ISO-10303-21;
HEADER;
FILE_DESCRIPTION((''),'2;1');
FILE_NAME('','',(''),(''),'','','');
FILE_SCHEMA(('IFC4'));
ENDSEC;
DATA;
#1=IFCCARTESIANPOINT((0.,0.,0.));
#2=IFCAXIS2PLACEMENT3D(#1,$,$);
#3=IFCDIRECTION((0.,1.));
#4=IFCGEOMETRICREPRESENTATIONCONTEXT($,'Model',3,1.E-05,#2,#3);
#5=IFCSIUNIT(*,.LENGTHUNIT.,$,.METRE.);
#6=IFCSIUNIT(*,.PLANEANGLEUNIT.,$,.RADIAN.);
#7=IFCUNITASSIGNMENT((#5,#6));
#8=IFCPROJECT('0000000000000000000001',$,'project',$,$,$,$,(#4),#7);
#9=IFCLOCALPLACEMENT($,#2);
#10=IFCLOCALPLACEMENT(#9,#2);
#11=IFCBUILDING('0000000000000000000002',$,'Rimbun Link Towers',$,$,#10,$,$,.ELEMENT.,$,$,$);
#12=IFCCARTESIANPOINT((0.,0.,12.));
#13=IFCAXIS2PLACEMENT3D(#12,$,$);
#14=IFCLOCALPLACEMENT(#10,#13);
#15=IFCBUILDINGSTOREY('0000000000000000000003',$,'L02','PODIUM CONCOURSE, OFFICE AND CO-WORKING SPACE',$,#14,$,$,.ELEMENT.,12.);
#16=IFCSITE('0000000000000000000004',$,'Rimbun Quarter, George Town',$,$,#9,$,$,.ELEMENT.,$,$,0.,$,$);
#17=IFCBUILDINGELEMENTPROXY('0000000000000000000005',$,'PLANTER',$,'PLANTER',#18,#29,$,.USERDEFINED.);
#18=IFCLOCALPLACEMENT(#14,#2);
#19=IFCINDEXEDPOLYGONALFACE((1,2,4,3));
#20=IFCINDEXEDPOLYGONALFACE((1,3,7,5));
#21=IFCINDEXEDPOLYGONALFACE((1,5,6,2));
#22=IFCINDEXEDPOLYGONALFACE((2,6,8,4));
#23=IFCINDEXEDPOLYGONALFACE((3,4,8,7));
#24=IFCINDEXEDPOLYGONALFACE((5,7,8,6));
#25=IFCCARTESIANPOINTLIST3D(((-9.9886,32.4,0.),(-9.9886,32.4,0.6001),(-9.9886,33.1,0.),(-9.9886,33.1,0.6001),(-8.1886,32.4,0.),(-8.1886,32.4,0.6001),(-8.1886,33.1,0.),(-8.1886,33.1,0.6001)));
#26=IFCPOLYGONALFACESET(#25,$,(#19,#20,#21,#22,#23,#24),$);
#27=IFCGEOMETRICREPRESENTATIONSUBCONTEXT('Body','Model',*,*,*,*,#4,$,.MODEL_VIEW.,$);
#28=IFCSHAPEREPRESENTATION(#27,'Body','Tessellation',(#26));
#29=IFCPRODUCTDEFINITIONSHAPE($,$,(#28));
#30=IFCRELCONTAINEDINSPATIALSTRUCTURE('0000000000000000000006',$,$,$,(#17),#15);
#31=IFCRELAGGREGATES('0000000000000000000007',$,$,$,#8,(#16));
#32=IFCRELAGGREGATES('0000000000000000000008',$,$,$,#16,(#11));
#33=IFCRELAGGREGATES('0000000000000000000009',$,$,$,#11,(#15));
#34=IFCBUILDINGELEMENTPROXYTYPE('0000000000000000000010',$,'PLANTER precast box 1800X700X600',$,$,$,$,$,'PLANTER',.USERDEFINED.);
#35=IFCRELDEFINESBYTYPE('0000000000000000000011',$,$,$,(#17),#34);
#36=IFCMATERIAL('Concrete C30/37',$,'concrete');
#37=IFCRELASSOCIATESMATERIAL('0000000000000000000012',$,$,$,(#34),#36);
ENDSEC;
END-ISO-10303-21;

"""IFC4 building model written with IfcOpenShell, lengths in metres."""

from ifc_helpers import new_model, si_unit, direction, frame, origin, origin_2d, place, context, subcontext, project, spatial, rectangle, extrude, material, type_object, element, save


model = new_model("IFC4")

# Units and contexts
model_context = context("Model", 3, precision=1e-05, world=origin(), true_north=direction((0.0, 1.0)))
body_context = subcontext(model_context, "Body", "Model", "MODEL_VIEW")
ifc_project = project(units=[si_unit("LENGTHUNIT", "METRE"), si_unit("PLANEANGLEUNIT", "RADIAN")], contexts=[model_context])

# Site, building, storey
site_placement = place(None, origin())
site = spatial("IfcSite", under=ifc_project, at=site_placement, Name="Rimbun Quarter, George Town", CompositionType="ELEMENT", RefElevation=0.0)
building_placement = place(site_placement, origin())
building = spatial("IfcBuilding", under=site, at=building_placement, Name="Rimbun Link Towers", CompositionType="ELEMENT")
storey_placement = place(building_placement, frame((0.0, 0.0, 12.0)))
storey = spatial("IfcBuildingStorey", under=building, at=storey_placement, Name="L02", Description="PODIUM CONCOURSE, OFFICE AND CO-WORKING SPACE", CompositionType="ELEMENT", Elevation=12.0)

# Building element proxy
ifc_material_1 = material(Name="Concrete C30/37", Category="concrete")
building_element_proxy_type = type_object("IfcBuildingElementProxyType", Name="PLANTER precast box 1800X700X600", ElementType="PLANTER", PredefinedType="USERDEFINED", material=ifc_material_1)
proxy_placement = place(storey_placement, frame((-9.0886, 32.75, 0.0), z_axis=(0.0, 0.0, 1.0), x_axis=(-1.0, 0.0, 0.0)))
element("IfcBuildingElementProxy", 1, at=proxy_placement, inside=storey, type_object=building_element_proxy_type, Name="PLANTER", ObjectType="PLANTER", PredefinedType="USERDEFINED", context=body_context, shape_type="SweptSolid", body=[
    extrude(rectangle(XDim=1.8, YDim=0.7, at=origin_2d()), origin(), (0.0, 0.0, 1.0), 0.6001),
])

save(model, "model.ifc")
